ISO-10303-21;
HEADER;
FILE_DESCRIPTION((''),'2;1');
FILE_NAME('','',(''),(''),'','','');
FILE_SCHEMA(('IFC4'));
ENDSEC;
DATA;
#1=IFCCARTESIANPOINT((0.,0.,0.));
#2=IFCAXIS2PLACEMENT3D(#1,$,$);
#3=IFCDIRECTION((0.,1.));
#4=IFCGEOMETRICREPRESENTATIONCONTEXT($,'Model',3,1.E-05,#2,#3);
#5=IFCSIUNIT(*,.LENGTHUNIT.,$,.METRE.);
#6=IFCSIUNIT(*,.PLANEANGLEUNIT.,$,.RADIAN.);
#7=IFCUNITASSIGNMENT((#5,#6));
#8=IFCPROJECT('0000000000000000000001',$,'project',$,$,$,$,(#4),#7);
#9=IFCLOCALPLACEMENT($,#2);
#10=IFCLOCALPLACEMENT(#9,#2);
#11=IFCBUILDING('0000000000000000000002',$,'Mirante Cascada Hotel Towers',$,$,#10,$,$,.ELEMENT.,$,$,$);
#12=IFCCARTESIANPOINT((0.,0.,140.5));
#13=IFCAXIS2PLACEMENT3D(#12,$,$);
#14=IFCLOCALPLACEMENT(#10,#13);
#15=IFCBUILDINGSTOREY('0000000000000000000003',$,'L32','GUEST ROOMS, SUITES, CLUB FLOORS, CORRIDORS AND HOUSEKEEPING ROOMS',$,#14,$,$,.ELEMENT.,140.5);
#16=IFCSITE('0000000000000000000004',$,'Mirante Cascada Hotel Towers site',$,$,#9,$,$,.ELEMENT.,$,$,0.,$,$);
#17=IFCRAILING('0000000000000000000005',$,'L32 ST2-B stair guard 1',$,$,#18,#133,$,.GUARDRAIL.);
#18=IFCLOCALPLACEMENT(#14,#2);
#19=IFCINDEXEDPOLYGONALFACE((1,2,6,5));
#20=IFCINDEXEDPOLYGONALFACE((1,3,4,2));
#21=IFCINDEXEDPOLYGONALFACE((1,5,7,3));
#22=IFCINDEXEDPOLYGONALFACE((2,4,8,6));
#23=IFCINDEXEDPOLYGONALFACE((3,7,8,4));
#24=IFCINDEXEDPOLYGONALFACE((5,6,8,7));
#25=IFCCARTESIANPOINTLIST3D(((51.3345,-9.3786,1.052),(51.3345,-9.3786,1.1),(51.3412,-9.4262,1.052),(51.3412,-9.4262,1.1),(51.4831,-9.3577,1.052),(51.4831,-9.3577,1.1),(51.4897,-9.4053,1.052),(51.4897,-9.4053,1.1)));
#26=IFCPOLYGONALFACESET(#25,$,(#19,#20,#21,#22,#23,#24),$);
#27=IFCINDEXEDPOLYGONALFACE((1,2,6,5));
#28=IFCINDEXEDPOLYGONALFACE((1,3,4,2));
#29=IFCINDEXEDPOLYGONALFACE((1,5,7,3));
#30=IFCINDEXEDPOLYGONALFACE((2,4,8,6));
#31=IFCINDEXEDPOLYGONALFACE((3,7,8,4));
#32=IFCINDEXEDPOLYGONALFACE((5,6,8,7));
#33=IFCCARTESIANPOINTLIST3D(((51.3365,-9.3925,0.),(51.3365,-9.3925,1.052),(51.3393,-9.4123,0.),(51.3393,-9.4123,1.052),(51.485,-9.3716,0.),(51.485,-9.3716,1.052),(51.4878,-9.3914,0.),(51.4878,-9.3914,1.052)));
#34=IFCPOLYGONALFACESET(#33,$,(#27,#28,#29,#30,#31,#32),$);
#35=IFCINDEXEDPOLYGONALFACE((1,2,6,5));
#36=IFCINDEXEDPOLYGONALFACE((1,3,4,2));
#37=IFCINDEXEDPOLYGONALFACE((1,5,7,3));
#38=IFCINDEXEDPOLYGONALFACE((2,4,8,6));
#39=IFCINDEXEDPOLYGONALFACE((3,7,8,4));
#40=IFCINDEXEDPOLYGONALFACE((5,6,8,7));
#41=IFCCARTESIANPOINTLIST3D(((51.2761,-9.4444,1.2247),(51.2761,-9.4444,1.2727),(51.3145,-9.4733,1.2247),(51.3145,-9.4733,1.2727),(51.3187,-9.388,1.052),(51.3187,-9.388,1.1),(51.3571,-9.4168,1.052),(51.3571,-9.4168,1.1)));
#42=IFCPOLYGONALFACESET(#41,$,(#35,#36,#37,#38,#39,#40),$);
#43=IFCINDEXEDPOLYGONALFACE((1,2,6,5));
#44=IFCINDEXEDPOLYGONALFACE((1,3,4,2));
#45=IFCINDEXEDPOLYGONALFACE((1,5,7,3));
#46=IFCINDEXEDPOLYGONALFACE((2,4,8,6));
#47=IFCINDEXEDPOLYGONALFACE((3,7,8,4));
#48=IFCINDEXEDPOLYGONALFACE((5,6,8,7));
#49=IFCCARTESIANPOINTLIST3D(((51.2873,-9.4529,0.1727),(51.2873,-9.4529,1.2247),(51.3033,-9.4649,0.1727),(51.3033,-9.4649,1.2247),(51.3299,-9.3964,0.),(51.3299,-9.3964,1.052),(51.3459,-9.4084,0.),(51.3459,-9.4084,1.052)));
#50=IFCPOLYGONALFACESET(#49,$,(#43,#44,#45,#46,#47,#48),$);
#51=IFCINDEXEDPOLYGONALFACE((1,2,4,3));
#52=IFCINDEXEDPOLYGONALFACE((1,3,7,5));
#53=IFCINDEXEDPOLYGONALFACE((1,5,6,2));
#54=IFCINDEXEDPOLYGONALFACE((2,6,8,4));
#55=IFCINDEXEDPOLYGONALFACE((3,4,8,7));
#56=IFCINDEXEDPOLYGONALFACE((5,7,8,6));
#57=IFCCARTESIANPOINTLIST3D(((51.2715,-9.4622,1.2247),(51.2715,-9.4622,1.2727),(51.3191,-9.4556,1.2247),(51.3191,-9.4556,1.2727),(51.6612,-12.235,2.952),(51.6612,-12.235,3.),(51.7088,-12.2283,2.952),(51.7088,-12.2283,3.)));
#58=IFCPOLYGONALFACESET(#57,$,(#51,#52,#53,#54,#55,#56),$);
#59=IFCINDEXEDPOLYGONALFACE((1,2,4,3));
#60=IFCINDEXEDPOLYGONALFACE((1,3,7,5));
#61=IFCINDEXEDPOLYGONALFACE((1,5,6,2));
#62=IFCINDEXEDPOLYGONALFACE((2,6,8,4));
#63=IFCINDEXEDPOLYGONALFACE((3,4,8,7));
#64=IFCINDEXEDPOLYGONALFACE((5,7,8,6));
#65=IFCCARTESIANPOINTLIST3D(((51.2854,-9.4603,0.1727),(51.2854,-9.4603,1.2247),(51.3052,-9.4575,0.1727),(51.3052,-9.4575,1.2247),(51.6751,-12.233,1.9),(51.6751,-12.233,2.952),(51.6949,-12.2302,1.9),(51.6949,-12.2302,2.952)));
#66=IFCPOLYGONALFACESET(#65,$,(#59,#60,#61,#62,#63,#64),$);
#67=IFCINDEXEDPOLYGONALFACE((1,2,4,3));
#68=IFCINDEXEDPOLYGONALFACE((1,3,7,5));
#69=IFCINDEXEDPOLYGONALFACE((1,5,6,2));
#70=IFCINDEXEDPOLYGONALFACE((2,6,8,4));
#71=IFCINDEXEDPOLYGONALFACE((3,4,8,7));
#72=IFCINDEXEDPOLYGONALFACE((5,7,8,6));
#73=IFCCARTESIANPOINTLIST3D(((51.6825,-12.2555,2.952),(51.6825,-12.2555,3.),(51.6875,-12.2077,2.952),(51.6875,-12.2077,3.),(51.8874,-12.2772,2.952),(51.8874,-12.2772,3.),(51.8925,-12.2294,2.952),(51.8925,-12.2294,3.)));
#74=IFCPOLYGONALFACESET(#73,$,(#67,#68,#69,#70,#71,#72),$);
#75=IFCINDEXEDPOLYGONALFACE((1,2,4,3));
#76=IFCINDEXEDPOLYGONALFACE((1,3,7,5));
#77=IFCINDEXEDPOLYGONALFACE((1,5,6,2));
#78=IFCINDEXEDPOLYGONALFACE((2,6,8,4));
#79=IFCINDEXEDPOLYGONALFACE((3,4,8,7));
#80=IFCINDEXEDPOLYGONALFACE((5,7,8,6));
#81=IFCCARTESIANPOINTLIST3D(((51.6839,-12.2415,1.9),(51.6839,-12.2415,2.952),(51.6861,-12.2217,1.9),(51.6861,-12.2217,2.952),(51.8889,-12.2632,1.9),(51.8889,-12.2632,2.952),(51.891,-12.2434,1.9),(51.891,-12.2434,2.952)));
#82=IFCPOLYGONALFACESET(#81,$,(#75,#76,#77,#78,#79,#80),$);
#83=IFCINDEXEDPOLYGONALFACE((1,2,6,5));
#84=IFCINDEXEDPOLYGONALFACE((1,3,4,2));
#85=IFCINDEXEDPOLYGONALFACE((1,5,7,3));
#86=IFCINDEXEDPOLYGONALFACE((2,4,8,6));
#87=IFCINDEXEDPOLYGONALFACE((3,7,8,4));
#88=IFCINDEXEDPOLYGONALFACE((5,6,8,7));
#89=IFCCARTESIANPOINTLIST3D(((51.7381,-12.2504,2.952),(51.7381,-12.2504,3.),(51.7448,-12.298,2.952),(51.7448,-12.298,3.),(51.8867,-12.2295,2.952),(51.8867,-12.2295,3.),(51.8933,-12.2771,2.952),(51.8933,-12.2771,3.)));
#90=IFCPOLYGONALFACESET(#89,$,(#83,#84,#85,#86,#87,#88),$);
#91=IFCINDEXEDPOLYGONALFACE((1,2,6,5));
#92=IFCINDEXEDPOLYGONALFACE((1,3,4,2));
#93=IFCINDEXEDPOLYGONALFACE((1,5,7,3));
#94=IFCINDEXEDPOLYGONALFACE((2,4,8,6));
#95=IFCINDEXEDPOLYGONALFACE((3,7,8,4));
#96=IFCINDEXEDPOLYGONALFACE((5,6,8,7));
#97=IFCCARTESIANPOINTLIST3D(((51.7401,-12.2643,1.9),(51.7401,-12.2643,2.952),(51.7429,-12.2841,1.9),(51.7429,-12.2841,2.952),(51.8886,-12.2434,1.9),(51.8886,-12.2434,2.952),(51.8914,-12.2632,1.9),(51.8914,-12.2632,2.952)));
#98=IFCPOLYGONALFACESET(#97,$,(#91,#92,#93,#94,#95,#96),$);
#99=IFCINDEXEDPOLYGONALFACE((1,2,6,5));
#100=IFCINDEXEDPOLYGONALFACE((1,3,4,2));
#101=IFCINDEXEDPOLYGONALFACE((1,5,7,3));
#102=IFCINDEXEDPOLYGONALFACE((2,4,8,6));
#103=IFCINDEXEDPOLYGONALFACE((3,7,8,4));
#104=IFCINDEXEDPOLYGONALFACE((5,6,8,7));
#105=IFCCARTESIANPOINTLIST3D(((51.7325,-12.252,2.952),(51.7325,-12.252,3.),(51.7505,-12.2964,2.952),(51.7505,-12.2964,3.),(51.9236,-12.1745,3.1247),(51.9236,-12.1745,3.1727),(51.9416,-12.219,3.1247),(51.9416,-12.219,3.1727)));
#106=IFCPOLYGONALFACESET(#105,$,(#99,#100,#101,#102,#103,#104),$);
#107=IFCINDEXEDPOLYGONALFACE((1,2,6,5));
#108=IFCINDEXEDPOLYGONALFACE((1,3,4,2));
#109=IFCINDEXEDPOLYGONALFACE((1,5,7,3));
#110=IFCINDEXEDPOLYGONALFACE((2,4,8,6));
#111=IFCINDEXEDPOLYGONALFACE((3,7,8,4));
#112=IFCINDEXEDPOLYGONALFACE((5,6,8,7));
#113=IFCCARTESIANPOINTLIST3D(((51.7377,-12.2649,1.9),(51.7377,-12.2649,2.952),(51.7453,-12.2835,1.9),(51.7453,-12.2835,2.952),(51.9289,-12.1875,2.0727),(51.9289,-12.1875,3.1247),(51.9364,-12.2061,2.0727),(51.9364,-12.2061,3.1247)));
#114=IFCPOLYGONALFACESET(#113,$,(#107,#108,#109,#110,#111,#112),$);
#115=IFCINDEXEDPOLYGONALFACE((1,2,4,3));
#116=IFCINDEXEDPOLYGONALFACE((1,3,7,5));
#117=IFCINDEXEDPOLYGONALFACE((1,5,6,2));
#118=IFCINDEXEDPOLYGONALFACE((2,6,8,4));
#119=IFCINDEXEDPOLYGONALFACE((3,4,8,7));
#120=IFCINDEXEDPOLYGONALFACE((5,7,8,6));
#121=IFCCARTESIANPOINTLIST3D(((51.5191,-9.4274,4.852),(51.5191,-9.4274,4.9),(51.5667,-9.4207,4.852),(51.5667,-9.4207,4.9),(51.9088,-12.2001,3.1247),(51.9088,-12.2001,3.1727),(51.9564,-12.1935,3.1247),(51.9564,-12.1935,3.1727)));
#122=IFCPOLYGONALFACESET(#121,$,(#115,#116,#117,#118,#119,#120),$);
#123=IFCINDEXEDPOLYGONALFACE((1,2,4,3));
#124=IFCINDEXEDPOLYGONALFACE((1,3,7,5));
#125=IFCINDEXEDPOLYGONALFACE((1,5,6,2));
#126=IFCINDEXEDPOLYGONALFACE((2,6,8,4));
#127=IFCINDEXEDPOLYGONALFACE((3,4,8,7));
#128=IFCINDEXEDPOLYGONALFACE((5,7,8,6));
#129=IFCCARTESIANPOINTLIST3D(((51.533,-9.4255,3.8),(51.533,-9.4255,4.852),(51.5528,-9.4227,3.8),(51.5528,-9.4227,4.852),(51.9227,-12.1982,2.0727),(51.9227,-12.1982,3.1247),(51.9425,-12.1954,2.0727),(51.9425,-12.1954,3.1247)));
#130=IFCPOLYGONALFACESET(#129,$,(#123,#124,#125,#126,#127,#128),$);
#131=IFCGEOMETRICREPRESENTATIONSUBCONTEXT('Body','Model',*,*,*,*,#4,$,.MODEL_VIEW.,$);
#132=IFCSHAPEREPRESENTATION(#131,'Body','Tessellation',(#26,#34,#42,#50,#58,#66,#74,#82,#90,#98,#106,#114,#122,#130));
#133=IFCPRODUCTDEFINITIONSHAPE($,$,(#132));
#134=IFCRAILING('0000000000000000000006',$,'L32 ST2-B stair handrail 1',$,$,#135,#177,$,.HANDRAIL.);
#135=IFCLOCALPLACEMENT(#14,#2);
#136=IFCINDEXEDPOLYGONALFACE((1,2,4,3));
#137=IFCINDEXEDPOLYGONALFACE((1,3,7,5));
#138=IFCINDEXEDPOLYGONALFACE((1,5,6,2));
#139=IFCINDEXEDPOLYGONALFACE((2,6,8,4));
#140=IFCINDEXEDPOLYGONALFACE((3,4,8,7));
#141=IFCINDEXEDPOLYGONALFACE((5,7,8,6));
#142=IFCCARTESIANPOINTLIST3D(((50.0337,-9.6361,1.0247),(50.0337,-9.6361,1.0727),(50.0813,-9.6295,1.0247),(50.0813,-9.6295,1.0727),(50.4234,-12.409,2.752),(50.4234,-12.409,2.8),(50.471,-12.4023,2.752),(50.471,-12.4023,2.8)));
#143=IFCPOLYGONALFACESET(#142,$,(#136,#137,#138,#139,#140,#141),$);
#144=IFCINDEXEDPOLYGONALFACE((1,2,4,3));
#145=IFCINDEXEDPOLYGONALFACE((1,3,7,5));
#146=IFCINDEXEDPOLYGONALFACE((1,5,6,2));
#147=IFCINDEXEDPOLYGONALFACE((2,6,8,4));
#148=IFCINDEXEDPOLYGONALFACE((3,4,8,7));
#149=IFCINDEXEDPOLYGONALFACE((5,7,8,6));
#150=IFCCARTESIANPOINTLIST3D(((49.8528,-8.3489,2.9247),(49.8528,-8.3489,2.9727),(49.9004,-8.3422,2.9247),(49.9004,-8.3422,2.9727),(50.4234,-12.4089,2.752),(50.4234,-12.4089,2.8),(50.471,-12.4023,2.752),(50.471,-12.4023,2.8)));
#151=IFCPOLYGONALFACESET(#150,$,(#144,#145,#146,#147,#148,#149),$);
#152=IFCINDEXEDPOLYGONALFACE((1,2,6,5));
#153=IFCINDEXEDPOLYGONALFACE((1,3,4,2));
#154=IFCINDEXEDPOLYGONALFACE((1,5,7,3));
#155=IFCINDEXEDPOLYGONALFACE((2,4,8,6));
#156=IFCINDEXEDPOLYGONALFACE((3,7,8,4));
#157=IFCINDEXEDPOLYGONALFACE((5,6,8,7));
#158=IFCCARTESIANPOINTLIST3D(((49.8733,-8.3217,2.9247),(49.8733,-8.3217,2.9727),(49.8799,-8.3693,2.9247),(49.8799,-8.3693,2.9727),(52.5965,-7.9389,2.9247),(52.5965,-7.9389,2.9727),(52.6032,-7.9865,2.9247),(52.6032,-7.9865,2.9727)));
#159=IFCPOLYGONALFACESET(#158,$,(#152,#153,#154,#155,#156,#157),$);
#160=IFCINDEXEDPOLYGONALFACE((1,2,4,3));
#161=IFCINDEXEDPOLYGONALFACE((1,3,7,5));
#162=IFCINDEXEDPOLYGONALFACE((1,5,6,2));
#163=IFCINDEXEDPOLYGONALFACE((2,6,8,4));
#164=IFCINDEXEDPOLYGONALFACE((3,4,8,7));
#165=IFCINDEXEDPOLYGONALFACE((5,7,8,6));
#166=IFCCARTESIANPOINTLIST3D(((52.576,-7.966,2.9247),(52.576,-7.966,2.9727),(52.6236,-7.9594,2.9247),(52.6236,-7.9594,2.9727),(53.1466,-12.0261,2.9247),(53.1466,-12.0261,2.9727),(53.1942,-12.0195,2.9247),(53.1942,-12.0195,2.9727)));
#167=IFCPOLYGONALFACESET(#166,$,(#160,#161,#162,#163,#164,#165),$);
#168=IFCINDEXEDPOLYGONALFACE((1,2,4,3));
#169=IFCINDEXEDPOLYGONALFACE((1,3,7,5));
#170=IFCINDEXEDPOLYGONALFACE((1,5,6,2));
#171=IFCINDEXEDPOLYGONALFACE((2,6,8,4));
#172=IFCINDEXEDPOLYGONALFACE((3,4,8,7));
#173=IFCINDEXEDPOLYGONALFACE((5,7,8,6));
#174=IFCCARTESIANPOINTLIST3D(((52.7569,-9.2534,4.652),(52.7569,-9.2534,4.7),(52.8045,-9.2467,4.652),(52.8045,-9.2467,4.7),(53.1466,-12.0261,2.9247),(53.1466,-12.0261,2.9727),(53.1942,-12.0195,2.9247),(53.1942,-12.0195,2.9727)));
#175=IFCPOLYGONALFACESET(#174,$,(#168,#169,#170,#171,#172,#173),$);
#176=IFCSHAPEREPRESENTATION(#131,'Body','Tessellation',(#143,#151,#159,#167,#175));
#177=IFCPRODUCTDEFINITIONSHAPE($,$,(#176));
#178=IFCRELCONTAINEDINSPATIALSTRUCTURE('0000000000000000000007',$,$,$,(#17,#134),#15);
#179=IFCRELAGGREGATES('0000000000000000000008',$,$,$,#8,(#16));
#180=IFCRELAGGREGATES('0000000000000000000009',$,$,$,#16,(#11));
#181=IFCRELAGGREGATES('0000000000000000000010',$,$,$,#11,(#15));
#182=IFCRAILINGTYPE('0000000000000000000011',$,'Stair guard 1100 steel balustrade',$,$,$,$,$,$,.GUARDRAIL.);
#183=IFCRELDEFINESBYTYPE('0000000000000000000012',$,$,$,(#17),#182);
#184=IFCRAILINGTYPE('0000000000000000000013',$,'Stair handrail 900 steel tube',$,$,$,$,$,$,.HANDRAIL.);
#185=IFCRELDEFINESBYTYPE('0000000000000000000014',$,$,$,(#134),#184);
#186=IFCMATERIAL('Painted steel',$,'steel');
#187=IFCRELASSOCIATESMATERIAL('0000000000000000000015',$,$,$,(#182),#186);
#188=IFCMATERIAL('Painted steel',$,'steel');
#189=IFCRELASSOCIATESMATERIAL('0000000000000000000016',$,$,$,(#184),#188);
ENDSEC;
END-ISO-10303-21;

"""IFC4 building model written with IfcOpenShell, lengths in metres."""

from ifc_helpers import new_model, si_unit, direction, frame, origin, origin_2d, place, context, subcontext, project, spatial, rectangle, extrude, material, type_object, element, save


model = new_model("IFC4")

# Units and contexts
model_context = context("Model", 3, precision=1e-05, world=origin(), true_north=direction((0.0, 1.0)))
body_context = subcontext(model_context, "Body", "Model", "MODEL_VIEW")
ifc_project = project(units=[si_unit("LENGTHUNIT", "METRE"), si_unit("PLANEANGLEUNIT", "RADIAN")], contexts=[model_context])

# Site, building, storey
site_placement = place(None, origin())
site = spatial("IfcSite", under=ifc_project, at=site_placement, Name="Mirante Cascada Hotel Towers site", CompositionType="ELEMENT", RefElevation=0.0)
building_placement = place(site_placement, origin())
building = spatial("IfcBuilding", under=site, at=building_placement, Name="Mirante Cascada Hotel Towers", CompositionType="ELEMENT")
storey_placement = place(building_placement, frame((0.0, 0.0, 140.5)))
storey = spatial("IfcBuildingStorey", under=building, at=storey_placement, Name="L32", Description="GUEST ROOMS, SUITES, CLUB FLOORS, CORRIDORS AND HOUSEKEEPING ROOMS", CompositionType="ELEMENT", Elevation=140.5)

# Railings
ifc_material_1 = material(Name="Painted steel", Category="steel")
railing_type_1 = type_object("IfcRailingType", Name="Stair guard 1100 steel balustrade", PredefinedType="GUARDRAIL", material=ifc_material_1)
railing_1_placement = place(storey_placement, frame((51.4864, -9.3815, 0.0)))
element("IfcRailing", 1, at=railing_1_placement, inside=storey, type_object=railing_type_1, Name="L32 ST2-B stair guard 1", PredefinedType="GUARDRAIL", context=body_context, shape_type="SweptSolid", body=[
    extrude(rectangle(XDim=0.048, YDim=0.048, at=origin_2d()), frame((0.0, 0.0, 1.076), z_axis=(-0.990241, -0.139367, 0.0), x_axis=(0.139367, -0.990241, 0.0)), (0.0, 0.0, 1.0), 0.15),
    extrude(rectangle(XDim=0.02, YDim=1.052, at=origin_2d()), frame((0.0, 0.0, 0.526), z_axis=(-0.990241, -0.139367, 0.0), x_axis=(0.139367, -0.990241, 0.0)), (0.0, 0.0, 1.0), 0.15),
    extrude(rectangle(XDim=0.048, YDim=0.048, at=origin_2d()), frame((-0.1485, -0.0209, 1.076), z_axis=(-0.602033, -0.798471, 0.0), x_axis=(0.798471, -0.602033, 0.0)), (0.0, 0.92534, 0.379139), 0.1866),
    extrude(rectangle(XDim=0.02, YDim=1.052, at=origin_2d()), frame((-0.1485, -0.0209, 0.526), z_axis=(-0.602033, -0.798471, 0.0), x_axis=(0.798471, -0.602033, 0.0)), (0.0, 0.92534, 0.379139), 0.1866),
    extrude(rectangle(XDim=0.048, YDim=0.048, at=origin_2d()), frame((-0.1911, -0.0774, 1.2487), z_axis=(0.139181, -0.990267, 0.0), x_axis=(0.990267, 0.139181, 0.0)), (0.0, 0.525035, 0.851081), 3.2899),
    extrude(rectangle(XDim=0.02, YDim=1.052, at=origin_2d()), frame((-0.1911, -0.0774, 0.6987), z_axis=(0.139181, -0.990267, 0.0), x_axis=(0.990267, 0.139181, 0.0)), (0.0, 0.525035, 0.851081), 3.2899),
    extrude(rectangle(XDim=0.048, YDim=0.048, at=origin_2d()), frame((0.1986, -2.8501, 2.976), z_axis=(0.994444, -0.105266, 0.0), x_axis=(0.105266, 0.994444, 0.0)), (0.0, 0.0, 1.0), 0.2061),
    extrude(rectangle(XDim=0.02, YDim=1.052, at=origin_2d()), frame((0.1986, -2.8501, 2.426), z_axis=(0.994444, -0.105266, 0.0), x_axis=(0.105266, 0.994444, 0.0)), (0.0, 0.0, 1.0), 0.2061),
    extrude(rectangle(XDim=0.048, YDim=0.048, at=origin_2d()), frame((0.4036, -2.8718, 2.976), z_axis=(-0.990241, -0.139367, 0.0), x_axis=(0.139367, -0.990241, 0.0)), (0.0, 0.0, 1.0), 0.15),
    extrude(rectangle(XDim=0.02, YDim=1.052, at=origin_2d()), frame((0.4036, -2.8718, 2.426), z_axis=(-0.990241, -0.139367, 0.0), x_axis=(0.139367, -0.990241, 0.0)), (0.0, 0.0, 1.0), 0.15),
    extrude(rectangle(XDim=0.048, YDim=0.048, at=origin_2d()), frame((0.2551, -2.8927, 2.976), z_axis=(0.926862, 0.375401, 0.0), x_axis=(-0.375401, 0.926862, 0.0)), (0.0, 0.642122, 0.766603), 0.269),
    extrude(rectangle(XDim=0.02, YDim=1.052, at=origin_2d()), frame((0.2551, -2.8927, 2.426), z_axis=(0.926862, 0.375401, 0.0), x_axis=(-0.375401, 0.926862, 0.0)), (0.0, 0.642122, 0.766603), 0.269),
    extrude(rectangle(XDim=0.048, YDim=0.048, at=origin_2d()), frame((0.4462, -2.8153, 3.1487), z_axis=(-0.139181, 0.990267, 0.0), x_axis=(-0.990267, -0.139181, 0.0)), (0.0, 0.525035, 0.851081), 3.2899),
    extrude(rectangle(XDim=0.02, YDim=1.052, at=origin_2d()), frame((0.4462, -2.8153, 2.5987), z_axis=(-0.139181, 0.990267, 0.0), x_axis=(-0.990267, -0.139181, 0.0)), (0.0, 0.525035, 0.851081), 3.2899),
])
ifc_material_2 = material(Name="Painted steel", Category="steel")
railing_type_2 = type_object("IfcRailingType", Name="Stair handrail 900 steel tube", PredefinedType="HANDRAIL", material=ifc_material_2)
railing_2_placement = place(storey_placement, frame((50.0575, -9.6328, 0.1727)))
element("IfcRailing", 2, at=railing_2_placement, inside=storey, type_object=railing_type_2, Name="L32 ST2-B stair handrail 1", PredefinedType="HANDRAIL", context=body_context, shape_type="SweptSolid", body=[
    extrude(rectangle(XDim=0.048, YDim=0.048, at=origin_2d()), frame((0.0, 0.0, 0.876), z_axis=(0.139176, -0.990268, 0.0), x_axis=(0.990268, 0.139176, 0.0)), (0.0, 0.525021, 0.851089), 3.29),
    extrude(rectangle(XDim=0.048, YDim=0.048, at=origin_2d()), frame((0.3897, -2.7728, 2.6033), z_axis=(-0.139171, 0.990268, 0.0), x_axis=(-0.990268, -0.139171, 0.0)), (0.0, 0.042085, 0.999114), 4.1036),
    extrude(rectangle(XDim=0.048, YDim=0.048, at=origin_2d()), frame((-0.1809, 1.2873, 2.776), z_axis=(0.990264, 0.139201, 0.0), x_axis=(-0.139201, 0.990264, 0.0)), (0.0, 0.0, 1.0), 2.75),
    extrude(rectangle(XDim=0.048, YDim=0.048, at=origin_2d()), frame((2.5423, 1.6701, 2.776), z_axis=(0.139171, -0.990268, 0.0), x_axis=(0.990268, 0.139171, 0.0)), (0.0, 0.0, 1.0), 4.1),
    extrude(rectangle(XDim=0.048, YDim=0.048, at=origin_2d()), frame((3.1129, -2.39, 2.776), z_axis=(-0.139181, 0.990267, 0.0), x_axis=(-0.990267, -0.139181, 0.0)), (0.0, 0.525035, 0.851081), 3.2899),
])

save(model, "model.ifc")
